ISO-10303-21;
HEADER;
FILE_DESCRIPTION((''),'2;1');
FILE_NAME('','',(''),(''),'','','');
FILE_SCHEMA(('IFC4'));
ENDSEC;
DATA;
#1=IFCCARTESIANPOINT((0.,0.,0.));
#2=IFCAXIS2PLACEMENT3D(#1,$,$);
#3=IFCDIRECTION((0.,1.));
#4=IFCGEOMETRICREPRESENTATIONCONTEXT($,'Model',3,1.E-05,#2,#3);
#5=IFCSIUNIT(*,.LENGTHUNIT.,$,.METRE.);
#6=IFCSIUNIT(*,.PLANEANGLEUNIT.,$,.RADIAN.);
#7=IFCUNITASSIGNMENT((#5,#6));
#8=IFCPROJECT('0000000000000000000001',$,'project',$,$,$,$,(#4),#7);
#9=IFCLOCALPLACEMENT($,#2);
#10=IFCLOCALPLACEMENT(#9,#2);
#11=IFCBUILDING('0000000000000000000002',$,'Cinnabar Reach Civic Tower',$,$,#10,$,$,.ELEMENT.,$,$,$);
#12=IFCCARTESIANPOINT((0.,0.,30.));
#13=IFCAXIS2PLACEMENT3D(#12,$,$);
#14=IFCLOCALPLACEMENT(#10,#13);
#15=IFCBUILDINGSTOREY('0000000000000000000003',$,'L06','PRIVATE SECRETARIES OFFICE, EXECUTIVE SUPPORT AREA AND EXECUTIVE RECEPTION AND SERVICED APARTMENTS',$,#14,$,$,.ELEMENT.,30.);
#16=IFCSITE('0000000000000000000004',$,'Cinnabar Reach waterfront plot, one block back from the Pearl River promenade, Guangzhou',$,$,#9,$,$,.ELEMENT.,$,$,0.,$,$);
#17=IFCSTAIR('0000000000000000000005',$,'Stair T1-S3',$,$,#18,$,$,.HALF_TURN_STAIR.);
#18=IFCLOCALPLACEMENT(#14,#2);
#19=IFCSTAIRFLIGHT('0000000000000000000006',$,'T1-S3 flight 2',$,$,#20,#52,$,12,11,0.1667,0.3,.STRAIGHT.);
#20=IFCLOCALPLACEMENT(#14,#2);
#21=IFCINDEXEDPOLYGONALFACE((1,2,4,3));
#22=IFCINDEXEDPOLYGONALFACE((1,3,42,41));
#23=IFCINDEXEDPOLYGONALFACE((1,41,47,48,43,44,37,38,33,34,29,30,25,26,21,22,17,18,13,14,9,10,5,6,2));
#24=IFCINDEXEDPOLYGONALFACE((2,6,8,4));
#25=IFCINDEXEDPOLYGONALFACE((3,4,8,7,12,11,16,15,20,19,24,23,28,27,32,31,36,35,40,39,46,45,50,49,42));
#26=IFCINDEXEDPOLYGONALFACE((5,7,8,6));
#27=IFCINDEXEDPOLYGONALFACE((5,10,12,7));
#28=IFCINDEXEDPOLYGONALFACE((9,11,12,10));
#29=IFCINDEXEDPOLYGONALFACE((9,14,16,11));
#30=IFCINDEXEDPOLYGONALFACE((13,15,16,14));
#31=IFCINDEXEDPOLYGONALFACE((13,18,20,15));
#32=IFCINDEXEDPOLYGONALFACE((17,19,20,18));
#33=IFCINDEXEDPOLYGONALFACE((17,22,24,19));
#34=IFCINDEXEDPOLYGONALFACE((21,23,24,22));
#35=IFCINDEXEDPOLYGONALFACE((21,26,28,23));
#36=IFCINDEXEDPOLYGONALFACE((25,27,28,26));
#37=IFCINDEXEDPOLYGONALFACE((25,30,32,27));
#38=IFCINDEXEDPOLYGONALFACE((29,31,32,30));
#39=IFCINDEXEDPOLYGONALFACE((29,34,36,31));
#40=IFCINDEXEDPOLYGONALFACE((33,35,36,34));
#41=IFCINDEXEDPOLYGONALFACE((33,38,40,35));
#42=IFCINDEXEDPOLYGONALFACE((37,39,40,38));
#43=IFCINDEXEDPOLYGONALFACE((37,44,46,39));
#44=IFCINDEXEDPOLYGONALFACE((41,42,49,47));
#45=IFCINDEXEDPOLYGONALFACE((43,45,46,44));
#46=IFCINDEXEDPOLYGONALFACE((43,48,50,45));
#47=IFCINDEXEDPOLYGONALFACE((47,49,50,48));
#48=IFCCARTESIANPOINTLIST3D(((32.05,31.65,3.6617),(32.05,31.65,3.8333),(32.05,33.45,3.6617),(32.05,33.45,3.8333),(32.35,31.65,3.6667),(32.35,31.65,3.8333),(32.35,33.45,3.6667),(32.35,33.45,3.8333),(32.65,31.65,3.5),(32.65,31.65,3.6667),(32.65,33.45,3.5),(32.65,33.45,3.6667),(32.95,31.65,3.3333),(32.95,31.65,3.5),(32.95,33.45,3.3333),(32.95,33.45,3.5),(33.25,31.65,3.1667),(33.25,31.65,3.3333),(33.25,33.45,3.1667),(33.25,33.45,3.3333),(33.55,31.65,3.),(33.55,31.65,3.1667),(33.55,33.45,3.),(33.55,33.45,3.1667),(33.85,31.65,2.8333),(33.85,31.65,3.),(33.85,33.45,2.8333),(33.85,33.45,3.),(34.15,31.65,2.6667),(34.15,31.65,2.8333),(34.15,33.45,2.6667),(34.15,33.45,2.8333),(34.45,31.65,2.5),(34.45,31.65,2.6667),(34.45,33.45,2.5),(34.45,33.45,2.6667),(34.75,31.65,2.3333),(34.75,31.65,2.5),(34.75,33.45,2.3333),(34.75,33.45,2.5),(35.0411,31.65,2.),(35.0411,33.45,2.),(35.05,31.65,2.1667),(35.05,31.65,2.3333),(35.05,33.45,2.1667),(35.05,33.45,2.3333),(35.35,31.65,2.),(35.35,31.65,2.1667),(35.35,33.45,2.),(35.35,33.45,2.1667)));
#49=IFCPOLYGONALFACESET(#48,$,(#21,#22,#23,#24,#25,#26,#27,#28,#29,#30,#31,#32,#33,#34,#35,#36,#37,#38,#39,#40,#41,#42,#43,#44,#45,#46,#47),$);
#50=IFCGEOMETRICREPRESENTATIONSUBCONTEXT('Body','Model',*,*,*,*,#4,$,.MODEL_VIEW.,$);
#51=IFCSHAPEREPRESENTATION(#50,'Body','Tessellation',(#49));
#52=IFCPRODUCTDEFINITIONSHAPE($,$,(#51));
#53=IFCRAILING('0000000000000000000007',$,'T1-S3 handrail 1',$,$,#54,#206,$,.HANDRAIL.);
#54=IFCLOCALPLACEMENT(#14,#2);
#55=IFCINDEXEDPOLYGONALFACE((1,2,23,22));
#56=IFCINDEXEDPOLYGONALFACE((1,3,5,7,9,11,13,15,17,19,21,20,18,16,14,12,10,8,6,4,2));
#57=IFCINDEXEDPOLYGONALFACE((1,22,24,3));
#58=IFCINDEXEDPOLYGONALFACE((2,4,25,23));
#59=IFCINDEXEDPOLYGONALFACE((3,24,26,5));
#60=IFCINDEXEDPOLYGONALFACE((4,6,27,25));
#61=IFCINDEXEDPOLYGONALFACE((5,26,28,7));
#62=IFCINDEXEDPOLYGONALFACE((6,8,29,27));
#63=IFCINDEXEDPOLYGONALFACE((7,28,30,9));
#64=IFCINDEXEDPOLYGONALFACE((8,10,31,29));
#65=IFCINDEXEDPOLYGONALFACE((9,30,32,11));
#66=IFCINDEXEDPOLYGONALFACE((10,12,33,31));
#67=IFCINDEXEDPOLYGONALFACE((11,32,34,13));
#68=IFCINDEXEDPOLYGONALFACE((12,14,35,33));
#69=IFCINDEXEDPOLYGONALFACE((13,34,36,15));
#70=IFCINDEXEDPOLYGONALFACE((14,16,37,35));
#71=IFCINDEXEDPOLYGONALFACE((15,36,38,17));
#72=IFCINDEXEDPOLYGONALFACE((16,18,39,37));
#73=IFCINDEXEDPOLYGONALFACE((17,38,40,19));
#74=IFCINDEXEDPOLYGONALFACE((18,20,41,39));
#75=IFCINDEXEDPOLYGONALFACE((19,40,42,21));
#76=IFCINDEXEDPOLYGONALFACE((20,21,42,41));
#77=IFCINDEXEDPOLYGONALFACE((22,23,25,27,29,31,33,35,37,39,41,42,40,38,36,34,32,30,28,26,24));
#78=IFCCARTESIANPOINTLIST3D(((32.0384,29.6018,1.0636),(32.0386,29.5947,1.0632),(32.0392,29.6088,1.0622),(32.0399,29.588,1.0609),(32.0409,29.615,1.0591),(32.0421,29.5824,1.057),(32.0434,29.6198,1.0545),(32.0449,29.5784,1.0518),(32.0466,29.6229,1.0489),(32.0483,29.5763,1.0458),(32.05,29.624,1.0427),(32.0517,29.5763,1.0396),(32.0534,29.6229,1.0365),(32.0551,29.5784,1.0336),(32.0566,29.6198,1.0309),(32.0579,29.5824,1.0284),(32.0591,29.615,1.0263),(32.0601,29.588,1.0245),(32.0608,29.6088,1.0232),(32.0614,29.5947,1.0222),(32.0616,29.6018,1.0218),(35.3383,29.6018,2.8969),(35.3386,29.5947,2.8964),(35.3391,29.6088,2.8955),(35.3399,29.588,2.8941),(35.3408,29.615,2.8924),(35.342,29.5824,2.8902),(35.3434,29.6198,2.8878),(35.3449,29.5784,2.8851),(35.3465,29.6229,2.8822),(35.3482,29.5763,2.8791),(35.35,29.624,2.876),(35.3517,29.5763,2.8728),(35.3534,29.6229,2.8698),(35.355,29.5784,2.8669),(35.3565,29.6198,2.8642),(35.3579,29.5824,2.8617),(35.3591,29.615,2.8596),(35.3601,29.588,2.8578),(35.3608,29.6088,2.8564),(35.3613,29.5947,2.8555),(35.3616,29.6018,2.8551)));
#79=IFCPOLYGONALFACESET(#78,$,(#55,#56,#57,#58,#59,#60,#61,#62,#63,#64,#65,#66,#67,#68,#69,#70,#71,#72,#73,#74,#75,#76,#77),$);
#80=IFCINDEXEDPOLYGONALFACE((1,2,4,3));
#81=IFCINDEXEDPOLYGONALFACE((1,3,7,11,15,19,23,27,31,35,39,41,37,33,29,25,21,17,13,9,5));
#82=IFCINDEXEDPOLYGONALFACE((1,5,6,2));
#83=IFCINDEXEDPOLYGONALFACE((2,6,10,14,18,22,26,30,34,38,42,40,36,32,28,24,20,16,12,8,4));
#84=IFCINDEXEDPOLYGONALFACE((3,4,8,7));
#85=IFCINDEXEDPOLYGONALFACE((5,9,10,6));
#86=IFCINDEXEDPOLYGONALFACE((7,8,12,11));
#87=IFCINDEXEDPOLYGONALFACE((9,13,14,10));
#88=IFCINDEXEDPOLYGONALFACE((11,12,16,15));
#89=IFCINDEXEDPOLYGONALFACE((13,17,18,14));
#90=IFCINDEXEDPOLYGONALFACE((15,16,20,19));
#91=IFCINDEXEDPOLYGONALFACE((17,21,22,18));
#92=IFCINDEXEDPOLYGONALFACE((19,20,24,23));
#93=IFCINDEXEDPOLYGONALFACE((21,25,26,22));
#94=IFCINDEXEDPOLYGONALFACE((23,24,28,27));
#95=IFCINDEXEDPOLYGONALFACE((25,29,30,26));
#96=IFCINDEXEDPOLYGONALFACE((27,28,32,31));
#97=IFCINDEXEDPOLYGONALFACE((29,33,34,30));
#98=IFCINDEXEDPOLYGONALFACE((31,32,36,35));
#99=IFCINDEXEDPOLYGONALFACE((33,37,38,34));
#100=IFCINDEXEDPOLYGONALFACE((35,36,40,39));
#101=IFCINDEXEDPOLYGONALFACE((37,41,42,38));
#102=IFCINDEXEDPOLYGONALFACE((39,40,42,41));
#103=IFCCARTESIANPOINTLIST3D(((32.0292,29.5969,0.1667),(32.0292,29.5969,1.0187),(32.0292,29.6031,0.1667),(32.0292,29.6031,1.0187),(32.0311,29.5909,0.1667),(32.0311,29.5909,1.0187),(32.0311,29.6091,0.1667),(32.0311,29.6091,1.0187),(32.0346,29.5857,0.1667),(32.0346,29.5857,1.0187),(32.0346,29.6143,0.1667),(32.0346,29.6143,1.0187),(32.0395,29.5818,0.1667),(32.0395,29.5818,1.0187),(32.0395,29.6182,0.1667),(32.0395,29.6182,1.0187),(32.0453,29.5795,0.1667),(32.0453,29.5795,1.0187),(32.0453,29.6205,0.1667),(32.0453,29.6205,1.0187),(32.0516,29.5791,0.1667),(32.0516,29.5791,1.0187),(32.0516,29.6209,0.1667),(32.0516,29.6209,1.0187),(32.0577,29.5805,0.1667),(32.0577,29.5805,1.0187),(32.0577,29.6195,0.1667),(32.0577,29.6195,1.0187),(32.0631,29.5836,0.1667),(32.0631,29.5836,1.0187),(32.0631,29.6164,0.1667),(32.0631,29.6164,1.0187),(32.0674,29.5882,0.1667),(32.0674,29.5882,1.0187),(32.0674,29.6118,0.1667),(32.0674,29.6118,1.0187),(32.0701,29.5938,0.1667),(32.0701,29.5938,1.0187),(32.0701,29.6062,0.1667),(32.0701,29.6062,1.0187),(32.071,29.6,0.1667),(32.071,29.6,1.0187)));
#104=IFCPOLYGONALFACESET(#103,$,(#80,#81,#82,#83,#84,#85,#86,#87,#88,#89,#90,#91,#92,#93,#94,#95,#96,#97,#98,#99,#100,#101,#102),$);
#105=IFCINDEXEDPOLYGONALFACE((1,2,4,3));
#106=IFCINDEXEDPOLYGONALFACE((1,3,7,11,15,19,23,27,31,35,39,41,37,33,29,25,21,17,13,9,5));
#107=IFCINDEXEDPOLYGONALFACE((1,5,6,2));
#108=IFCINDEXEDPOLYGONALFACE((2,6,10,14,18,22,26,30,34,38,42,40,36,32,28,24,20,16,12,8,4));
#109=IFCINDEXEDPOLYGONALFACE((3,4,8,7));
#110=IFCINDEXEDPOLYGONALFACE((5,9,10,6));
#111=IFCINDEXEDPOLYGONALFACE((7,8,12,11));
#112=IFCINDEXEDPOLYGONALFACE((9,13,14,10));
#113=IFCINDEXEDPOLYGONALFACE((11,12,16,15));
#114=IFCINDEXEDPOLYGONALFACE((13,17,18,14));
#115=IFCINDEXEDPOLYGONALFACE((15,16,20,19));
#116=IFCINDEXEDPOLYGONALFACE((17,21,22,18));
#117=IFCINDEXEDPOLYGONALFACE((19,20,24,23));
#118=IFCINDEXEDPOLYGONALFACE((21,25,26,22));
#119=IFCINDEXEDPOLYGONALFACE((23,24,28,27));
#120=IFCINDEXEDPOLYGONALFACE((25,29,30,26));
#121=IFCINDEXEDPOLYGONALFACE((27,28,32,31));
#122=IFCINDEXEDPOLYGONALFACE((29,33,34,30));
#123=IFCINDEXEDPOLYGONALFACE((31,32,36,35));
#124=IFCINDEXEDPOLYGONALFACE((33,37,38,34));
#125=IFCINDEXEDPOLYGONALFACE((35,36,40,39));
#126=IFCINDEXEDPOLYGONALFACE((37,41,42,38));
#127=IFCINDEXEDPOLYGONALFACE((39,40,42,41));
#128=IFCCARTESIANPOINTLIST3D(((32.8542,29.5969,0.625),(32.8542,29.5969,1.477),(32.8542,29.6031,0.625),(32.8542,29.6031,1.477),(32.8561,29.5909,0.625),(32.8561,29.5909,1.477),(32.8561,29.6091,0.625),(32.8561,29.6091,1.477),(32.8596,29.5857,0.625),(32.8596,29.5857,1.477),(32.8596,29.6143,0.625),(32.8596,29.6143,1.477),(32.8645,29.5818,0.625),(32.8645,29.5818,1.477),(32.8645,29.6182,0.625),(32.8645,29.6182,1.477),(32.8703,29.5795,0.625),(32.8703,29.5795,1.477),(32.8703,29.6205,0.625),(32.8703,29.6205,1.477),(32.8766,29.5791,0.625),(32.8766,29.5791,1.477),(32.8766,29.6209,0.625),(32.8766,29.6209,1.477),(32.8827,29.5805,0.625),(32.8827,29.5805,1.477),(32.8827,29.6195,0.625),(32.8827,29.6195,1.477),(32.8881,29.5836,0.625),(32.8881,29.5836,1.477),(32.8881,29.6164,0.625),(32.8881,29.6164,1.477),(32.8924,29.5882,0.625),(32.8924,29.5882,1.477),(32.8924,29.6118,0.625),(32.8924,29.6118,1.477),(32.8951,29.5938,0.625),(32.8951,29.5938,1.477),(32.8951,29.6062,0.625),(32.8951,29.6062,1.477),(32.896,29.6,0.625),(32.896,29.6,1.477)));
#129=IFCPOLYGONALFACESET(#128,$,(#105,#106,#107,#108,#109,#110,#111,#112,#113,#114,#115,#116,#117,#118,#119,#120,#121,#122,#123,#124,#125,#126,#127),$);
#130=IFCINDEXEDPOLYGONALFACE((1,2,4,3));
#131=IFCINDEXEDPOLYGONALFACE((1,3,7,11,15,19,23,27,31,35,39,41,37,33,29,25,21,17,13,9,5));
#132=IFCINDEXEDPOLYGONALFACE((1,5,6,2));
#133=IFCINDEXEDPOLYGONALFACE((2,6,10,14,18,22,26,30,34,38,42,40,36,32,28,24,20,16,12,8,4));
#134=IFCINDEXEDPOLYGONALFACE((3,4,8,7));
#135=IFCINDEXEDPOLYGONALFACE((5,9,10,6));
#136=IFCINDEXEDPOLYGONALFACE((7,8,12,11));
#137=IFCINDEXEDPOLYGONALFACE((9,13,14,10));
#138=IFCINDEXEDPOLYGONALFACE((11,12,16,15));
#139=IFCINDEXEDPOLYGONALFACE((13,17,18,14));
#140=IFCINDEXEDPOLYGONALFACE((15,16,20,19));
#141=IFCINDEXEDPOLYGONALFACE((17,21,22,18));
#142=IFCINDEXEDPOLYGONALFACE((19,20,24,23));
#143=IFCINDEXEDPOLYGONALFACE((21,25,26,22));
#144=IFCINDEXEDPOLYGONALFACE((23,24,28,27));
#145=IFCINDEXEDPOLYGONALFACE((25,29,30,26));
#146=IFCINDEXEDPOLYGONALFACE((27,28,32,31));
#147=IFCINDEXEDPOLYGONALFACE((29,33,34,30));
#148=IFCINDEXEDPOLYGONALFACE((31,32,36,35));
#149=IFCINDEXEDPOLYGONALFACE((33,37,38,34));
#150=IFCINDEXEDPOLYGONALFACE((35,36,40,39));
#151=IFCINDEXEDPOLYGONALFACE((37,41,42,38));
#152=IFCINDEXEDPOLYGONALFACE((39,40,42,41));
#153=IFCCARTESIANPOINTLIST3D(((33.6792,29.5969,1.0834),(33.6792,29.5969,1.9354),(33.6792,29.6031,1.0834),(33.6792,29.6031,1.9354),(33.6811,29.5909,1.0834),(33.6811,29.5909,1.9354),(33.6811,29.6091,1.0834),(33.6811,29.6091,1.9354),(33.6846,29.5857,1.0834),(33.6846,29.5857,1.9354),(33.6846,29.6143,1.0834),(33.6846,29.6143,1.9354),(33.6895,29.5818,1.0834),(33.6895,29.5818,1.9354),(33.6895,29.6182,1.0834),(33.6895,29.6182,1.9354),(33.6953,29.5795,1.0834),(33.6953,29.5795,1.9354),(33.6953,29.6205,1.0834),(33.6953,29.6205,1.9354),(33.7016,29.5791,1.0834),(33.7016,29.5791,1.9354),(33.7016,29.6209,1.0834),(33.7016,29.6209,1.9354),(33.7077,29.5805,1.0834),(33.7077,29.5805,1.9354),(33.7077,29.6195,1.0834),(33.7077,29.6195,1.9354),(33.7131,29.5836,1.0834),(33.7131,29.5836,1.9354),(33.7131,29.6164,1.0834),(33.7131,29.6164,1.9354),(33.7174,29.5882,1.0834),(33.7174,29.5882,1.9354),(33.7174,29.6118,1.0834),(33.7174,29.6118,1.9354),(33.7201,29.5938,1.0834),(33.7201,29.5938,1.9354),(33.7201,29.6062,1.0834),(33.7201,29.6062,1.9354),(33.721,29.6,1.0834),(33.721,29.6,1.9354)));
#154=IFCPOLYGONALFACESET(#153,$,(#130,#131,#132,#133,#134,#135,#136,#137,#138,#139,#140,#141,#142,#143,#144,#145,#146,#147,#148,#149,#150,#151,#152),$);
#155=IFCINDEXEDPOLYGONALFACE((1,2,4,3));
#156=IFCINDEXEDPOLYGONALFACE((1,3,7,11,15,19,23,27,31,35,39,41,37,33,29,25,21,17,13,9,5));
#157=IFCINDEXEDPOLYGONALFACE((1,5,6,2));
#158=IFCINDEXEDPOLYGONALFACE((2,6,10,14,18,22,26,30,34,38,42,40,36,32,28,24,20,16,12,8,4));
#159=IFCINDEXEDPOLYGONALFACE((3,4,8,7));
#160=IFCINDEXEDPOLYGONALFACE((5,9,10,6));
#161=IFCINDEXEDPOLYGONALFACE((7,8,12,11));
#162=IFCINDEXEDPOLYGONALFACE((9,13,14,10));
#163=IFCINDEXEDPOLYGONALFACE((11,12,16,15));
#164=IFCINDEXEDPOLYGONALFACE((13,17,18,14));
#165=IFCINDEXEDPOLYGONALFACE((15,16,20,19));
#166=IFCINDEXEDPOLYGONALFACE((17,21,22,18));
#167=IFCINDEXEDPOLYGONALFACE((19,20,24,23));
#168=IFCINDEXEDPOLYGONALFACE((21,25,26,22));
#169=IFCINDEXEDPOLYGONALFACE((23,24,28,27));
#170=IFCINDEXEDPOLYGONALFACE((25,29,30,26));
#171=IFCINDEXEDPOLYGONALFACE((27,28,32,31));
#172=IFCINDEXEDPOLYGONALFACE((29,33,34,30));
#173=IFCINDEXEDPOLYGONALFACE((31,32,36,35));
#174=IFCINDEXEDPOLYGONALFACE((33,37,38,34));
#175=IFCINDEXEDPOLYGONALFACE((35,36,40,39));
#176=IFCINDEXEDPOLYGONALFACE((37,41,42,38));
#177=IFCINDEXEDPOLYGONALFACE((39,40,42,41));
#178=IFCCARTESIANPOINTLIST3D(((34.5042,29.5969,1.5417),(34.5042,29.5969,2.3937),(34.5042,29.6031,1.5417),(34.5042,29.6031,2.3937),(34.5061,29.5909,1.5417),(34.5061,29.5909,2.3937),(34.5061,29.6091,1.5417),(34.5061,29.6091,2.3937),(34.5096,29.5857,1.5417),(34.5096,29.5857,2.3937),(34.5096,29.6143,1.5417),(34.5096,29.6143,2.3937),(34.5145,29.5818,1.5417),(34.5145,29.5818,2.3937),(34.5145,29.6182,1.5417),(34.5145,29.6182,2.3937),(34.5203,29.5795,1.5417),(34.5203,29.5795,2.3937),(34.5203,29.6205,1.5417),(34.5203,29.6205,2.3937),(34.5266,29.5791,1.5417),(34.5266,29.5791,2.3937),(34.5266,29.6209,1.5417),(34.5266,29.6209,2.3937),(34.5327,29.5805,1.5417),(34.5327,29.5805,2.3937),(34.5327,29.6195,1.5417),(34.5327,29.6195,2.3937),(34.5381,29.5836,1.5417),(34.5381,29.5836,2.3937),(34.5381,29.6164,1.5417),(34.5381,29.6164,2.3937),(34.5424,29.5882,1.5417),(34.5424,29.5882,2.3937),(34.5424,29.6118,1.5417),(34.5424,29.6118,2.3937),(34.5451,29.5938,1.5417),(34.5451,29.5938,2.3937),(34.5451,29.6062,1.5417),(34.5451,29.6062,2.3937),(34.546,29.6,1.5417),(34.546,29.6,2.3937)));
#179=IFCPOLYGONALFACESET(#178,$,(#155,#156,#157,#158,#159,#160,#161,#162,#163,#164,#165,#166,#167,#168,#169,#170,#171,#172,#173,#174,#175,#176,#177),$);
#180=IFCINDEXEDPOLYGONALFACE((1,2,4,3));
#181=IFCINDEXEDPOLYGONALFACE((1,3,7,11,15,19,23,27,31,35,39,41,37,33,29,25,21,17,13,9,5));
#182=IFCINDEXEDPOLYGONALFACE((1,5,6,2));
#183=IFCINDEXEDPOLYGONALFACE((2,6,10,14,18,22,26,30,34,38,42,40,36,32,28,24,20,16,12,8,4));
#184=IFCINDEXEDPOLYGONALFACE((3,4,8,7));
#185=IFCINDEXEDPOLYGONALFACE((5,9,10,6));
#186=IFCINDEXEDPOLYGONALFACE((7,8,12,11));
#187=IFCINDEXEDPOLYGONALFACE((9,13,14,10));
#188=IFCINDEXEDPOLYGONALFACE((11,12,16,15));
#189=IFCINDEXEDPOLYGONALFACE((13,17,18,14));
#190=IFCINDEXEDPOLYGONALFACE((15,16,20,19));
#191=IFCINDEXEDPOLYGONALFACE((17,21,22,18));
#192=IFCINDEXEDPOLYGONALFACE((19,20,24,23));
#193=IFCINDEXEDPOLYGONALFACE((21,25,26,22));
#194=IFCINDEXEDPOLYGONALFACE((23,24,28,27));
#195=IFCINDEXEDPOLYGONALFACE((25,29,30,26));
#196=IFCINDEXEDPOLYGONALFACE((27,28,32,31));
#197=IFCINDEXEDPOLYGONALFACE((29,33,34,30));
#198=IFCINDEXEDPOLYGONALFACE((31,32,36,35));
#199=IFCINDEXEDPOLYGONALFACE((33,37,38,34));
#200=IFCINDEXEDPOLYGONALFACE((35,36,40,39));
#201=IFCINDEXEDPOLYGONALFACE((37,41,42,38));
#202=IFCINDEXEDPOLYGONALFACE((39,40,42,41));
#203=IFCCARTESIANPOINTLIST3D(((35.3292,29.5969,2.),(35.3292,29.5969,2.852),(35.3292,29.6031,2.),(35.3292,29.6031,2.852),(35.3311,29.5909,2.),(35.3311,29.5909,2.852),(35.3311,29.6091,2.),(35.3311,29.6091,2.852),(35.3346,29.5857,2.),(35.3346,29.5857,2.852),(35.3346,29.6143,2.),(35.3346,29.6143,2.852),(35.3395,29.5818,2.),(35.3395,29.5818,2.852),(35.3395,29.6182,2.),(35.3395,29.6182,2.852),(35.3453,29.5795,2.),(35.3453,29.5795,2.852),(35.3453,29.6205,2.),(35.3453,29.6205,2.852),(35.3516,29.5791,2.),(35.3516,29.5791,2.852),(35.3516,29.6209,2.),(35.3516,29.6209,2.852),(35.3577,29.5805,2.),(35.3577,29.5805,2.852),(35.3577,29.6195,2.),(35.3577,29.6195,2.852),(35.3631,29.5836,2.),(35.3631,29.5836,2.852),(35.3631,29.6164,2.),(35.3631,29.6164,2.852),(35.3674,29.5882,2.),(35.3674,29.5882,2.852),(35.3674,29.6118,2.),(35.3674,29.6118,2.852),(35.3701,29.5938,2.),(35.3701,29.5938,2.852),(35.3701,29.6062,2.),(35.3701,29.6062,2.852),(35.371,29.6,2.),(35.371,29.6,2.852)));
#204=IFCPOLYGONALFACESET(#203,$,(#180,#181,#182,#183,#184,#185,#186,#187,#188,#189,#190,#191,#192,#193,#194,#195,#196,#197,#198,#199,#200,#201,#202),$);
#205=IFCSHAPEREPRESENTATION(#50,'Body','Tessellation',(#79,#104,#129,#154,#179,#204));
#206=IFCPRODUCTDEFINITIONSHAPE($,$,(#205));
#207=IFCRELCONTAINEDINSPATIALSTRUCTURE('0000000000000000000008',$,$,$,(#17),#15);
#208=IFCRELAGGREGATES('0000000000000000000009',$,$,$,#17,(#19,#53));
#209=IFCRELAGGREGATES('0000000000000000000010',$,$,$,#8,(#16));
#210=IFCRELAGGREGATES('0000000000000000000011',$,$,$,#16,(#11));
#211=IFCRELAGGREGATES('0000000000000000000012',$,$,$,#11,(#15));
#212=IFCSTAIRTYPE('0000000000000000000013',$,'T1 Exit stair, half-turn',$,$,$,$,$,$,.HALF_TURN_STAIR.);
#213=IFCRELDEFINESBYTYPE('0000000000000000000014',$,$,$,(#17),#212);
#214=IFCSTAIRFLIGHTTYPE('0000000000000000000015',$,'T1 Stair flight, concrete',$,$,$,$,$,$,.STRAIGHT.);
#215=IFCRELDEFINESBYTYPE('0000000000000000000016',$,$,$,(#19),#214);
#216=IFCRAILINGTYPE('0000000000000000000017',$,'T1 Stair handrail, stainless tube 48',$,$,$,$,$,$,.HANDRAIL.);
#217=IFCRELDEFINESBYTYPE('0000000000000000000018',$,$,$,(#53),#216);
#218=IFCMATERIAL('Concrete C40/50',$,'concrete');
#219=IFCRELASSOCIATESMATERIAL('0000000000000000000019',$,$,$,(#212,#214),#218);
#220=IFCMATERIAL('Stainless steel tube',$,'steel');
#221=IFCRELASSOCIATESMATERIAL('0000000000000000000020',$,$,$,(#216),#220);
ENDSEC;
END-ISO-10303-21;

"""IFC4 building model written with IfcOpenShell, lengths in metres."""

from ifc_helpers import new_model, si_unit, direction, frame, origin, origin_2d, place, context, subcontext, project, spatial, polyline, circle, outline, extrude, material, type_object, element, aggregate, save


model = new_model("IFC4")

# Units and contexts
model_context = context("Model", 3, precision=1e-05, world=origin(), true_north=direction((0.0, 1.0)))
body_context = subcontext(model_context, "Body", "Model", "MODEL_VIEW")
ifc_project = project(units=[si_unit("LENGTHUNIT", "METRE"), si_unit("PLANEANGLEUNIT", "RADIAN")], contexts=[model_context])

# Site, building, storey
site_placement = place(None, origin())
site = spatial("IfcSite", under=ifc_project, at=site_placement, Name="Cinnabar Reach waterfront plot, one block back from the Pearl River promenade, Guangzhou", CompositionType="ELEMENT", RefElevation=0.0)
building_placement = place(site_placement, origin())
building = spatial("IfcBuilding", under=site, at=building_placement, Name="Cinnabar Reach Civic Tower", CompositionType="ELEMENT")
storey_placement = place(building_placement, frame((0.0, 0.0, 30.0)))
storey = spatial("IfcBuildingStorey", under=building, at=storey_placement, Name="L06", Description="PRIVATE SECRETARIES OFFICE, EXECUTIVE SUPPORT AREA AND EXECUTIVE RECEPTION AND SERVICED APARTMENTS", CompositionType="ELEMENT", Elevation=30.0)

# Stair, stair flight, railing
ifc_material_1 = material(Name="Concrete C40/50", Category="concrete")
stair_type = type_object("IfcStairType", Name="T1 Exit stair, half-turn", PredefinedType="HALF_TURN_STAIR", material=ifc_material_1)
stair_placement = place(storey_placement, origin())
stair = element("IfcStair", 1, at=stair_placement, inside=storey, type_object=stair_type, Name="Stair T1-S3", PredefinedType="HALF_TURN_STAIR")
stair_flight_type = type_object("IfcStairFlightType", Name="T1 Stair flight, concrete", PredefinedType="STRAIGHT", material=ifc_material_1)
stair_flight_1_placement = place(storey_placement, frame((35.35, 32.55, 2.0), z_axis=(0.0, 0.0, 1.0), x_axis=(-1.0, 0.0, 0.0)))
stair_flight_1 = element("IfcStairFlight", 2, at=stair_flight_1_placement, type_object=stair_flight_type, Name="T1-S3 flight 2", NumberOfRisers=12, NumberOfTreads=11, PredefinedType="STRAIGHT", RiserHeight=0.1667, TreadLength=0.3, context=body_context, shape_type="SweptSolid", body=[
    extrude(outline(polyline([(0.0, 0.0), (0.0, 0.1667), (0.3, 0.1667), (0.3, 0.3333), (0.6, 0.3333), (0.6, 0.5), (0.9, 0.5), (0.9, 0.6667), (1.2, 0.6667), (1.2, 0.8333), (1.5, 0.8333), (1.5, 1.0), (1.8, 1.0), (1.8, 1.1667), (2.1, 1.1667), (2.1, 1.3333), (2.4, 1.3333), (2.4, 1.5), (2.7, 1.5), (2.7, 1.6667), (3.0, 1.6667), (3.0, 1.8333), (3.3, 1.8333), (3.3, 2.0), (3.3, 1.6617), (0.3089, 0.0), (0.0, 0.0)])), frame((0.0, 0.9, 0.0), z_axis=(0.0, -1.0, 0.0), x_axis=(1.0, 0.0, 0.0)), (0.0, 0.0, 1.0), 1.8),
])
ifc_material_2 = material(Name="Stainless steel tube", Category="steel")
railing_type = type_object("IfcRailingType", Name="T1 Stair handrail, stainless tube 48", PredefinedType="HANDRAIL", material=ifc_material_2)
railing_1_placement = place(storey_placement, frame((32.05, 29.6, 0.1667)))
railing_1 = element("IfcRailing", 3, at=railing_1_placement, type_object=railing_type, Name="T1-S3 handrail 1", PredefinedType="HANDRAIL", context=body_context, shape_type="SweptSolid", body=[
    extrude(circle(Radius=0.024, at=origin_2d()), frame((0.0, 0.0, 0.876), z_axis=(0.874161, 0.0, 0.485636), x_axis=(0.0, 1.0, 0.0)), (0.0, 0.0, 1.0), 3.775),
    extrude(circle(Radius=0.021, at=origin_2d()), origin(), (0.0, 0.0, 1.0), 0.852),
    extrude(circle(Radius=0.021, at=origin_2d()), frame((0.825, 0.0, 0.4583)), (0.0, 0.0, 1.0), 0.852),
    extrude(circle(Radius=0.021, at=origin_2d()), frame((1.65, 0.0, 0.9167)), (0.0, 0.0, 1.0), 0.852),
    extrude(circle(Radius=0.021, at=origin_2d()), frame((2.475, 0.0, 1.375)), (0.0, 0.0, 1.0), 0.852),
    extrude(circle(Radius=0.021, at=origin_2d()), frame((3.3, 0.0, 1.8333)), (0.0, 0.0, 1.0), 0.852),
])
aggregate(stair, [stair_flight_1, railing_1])

save(model, "model.ifc")
